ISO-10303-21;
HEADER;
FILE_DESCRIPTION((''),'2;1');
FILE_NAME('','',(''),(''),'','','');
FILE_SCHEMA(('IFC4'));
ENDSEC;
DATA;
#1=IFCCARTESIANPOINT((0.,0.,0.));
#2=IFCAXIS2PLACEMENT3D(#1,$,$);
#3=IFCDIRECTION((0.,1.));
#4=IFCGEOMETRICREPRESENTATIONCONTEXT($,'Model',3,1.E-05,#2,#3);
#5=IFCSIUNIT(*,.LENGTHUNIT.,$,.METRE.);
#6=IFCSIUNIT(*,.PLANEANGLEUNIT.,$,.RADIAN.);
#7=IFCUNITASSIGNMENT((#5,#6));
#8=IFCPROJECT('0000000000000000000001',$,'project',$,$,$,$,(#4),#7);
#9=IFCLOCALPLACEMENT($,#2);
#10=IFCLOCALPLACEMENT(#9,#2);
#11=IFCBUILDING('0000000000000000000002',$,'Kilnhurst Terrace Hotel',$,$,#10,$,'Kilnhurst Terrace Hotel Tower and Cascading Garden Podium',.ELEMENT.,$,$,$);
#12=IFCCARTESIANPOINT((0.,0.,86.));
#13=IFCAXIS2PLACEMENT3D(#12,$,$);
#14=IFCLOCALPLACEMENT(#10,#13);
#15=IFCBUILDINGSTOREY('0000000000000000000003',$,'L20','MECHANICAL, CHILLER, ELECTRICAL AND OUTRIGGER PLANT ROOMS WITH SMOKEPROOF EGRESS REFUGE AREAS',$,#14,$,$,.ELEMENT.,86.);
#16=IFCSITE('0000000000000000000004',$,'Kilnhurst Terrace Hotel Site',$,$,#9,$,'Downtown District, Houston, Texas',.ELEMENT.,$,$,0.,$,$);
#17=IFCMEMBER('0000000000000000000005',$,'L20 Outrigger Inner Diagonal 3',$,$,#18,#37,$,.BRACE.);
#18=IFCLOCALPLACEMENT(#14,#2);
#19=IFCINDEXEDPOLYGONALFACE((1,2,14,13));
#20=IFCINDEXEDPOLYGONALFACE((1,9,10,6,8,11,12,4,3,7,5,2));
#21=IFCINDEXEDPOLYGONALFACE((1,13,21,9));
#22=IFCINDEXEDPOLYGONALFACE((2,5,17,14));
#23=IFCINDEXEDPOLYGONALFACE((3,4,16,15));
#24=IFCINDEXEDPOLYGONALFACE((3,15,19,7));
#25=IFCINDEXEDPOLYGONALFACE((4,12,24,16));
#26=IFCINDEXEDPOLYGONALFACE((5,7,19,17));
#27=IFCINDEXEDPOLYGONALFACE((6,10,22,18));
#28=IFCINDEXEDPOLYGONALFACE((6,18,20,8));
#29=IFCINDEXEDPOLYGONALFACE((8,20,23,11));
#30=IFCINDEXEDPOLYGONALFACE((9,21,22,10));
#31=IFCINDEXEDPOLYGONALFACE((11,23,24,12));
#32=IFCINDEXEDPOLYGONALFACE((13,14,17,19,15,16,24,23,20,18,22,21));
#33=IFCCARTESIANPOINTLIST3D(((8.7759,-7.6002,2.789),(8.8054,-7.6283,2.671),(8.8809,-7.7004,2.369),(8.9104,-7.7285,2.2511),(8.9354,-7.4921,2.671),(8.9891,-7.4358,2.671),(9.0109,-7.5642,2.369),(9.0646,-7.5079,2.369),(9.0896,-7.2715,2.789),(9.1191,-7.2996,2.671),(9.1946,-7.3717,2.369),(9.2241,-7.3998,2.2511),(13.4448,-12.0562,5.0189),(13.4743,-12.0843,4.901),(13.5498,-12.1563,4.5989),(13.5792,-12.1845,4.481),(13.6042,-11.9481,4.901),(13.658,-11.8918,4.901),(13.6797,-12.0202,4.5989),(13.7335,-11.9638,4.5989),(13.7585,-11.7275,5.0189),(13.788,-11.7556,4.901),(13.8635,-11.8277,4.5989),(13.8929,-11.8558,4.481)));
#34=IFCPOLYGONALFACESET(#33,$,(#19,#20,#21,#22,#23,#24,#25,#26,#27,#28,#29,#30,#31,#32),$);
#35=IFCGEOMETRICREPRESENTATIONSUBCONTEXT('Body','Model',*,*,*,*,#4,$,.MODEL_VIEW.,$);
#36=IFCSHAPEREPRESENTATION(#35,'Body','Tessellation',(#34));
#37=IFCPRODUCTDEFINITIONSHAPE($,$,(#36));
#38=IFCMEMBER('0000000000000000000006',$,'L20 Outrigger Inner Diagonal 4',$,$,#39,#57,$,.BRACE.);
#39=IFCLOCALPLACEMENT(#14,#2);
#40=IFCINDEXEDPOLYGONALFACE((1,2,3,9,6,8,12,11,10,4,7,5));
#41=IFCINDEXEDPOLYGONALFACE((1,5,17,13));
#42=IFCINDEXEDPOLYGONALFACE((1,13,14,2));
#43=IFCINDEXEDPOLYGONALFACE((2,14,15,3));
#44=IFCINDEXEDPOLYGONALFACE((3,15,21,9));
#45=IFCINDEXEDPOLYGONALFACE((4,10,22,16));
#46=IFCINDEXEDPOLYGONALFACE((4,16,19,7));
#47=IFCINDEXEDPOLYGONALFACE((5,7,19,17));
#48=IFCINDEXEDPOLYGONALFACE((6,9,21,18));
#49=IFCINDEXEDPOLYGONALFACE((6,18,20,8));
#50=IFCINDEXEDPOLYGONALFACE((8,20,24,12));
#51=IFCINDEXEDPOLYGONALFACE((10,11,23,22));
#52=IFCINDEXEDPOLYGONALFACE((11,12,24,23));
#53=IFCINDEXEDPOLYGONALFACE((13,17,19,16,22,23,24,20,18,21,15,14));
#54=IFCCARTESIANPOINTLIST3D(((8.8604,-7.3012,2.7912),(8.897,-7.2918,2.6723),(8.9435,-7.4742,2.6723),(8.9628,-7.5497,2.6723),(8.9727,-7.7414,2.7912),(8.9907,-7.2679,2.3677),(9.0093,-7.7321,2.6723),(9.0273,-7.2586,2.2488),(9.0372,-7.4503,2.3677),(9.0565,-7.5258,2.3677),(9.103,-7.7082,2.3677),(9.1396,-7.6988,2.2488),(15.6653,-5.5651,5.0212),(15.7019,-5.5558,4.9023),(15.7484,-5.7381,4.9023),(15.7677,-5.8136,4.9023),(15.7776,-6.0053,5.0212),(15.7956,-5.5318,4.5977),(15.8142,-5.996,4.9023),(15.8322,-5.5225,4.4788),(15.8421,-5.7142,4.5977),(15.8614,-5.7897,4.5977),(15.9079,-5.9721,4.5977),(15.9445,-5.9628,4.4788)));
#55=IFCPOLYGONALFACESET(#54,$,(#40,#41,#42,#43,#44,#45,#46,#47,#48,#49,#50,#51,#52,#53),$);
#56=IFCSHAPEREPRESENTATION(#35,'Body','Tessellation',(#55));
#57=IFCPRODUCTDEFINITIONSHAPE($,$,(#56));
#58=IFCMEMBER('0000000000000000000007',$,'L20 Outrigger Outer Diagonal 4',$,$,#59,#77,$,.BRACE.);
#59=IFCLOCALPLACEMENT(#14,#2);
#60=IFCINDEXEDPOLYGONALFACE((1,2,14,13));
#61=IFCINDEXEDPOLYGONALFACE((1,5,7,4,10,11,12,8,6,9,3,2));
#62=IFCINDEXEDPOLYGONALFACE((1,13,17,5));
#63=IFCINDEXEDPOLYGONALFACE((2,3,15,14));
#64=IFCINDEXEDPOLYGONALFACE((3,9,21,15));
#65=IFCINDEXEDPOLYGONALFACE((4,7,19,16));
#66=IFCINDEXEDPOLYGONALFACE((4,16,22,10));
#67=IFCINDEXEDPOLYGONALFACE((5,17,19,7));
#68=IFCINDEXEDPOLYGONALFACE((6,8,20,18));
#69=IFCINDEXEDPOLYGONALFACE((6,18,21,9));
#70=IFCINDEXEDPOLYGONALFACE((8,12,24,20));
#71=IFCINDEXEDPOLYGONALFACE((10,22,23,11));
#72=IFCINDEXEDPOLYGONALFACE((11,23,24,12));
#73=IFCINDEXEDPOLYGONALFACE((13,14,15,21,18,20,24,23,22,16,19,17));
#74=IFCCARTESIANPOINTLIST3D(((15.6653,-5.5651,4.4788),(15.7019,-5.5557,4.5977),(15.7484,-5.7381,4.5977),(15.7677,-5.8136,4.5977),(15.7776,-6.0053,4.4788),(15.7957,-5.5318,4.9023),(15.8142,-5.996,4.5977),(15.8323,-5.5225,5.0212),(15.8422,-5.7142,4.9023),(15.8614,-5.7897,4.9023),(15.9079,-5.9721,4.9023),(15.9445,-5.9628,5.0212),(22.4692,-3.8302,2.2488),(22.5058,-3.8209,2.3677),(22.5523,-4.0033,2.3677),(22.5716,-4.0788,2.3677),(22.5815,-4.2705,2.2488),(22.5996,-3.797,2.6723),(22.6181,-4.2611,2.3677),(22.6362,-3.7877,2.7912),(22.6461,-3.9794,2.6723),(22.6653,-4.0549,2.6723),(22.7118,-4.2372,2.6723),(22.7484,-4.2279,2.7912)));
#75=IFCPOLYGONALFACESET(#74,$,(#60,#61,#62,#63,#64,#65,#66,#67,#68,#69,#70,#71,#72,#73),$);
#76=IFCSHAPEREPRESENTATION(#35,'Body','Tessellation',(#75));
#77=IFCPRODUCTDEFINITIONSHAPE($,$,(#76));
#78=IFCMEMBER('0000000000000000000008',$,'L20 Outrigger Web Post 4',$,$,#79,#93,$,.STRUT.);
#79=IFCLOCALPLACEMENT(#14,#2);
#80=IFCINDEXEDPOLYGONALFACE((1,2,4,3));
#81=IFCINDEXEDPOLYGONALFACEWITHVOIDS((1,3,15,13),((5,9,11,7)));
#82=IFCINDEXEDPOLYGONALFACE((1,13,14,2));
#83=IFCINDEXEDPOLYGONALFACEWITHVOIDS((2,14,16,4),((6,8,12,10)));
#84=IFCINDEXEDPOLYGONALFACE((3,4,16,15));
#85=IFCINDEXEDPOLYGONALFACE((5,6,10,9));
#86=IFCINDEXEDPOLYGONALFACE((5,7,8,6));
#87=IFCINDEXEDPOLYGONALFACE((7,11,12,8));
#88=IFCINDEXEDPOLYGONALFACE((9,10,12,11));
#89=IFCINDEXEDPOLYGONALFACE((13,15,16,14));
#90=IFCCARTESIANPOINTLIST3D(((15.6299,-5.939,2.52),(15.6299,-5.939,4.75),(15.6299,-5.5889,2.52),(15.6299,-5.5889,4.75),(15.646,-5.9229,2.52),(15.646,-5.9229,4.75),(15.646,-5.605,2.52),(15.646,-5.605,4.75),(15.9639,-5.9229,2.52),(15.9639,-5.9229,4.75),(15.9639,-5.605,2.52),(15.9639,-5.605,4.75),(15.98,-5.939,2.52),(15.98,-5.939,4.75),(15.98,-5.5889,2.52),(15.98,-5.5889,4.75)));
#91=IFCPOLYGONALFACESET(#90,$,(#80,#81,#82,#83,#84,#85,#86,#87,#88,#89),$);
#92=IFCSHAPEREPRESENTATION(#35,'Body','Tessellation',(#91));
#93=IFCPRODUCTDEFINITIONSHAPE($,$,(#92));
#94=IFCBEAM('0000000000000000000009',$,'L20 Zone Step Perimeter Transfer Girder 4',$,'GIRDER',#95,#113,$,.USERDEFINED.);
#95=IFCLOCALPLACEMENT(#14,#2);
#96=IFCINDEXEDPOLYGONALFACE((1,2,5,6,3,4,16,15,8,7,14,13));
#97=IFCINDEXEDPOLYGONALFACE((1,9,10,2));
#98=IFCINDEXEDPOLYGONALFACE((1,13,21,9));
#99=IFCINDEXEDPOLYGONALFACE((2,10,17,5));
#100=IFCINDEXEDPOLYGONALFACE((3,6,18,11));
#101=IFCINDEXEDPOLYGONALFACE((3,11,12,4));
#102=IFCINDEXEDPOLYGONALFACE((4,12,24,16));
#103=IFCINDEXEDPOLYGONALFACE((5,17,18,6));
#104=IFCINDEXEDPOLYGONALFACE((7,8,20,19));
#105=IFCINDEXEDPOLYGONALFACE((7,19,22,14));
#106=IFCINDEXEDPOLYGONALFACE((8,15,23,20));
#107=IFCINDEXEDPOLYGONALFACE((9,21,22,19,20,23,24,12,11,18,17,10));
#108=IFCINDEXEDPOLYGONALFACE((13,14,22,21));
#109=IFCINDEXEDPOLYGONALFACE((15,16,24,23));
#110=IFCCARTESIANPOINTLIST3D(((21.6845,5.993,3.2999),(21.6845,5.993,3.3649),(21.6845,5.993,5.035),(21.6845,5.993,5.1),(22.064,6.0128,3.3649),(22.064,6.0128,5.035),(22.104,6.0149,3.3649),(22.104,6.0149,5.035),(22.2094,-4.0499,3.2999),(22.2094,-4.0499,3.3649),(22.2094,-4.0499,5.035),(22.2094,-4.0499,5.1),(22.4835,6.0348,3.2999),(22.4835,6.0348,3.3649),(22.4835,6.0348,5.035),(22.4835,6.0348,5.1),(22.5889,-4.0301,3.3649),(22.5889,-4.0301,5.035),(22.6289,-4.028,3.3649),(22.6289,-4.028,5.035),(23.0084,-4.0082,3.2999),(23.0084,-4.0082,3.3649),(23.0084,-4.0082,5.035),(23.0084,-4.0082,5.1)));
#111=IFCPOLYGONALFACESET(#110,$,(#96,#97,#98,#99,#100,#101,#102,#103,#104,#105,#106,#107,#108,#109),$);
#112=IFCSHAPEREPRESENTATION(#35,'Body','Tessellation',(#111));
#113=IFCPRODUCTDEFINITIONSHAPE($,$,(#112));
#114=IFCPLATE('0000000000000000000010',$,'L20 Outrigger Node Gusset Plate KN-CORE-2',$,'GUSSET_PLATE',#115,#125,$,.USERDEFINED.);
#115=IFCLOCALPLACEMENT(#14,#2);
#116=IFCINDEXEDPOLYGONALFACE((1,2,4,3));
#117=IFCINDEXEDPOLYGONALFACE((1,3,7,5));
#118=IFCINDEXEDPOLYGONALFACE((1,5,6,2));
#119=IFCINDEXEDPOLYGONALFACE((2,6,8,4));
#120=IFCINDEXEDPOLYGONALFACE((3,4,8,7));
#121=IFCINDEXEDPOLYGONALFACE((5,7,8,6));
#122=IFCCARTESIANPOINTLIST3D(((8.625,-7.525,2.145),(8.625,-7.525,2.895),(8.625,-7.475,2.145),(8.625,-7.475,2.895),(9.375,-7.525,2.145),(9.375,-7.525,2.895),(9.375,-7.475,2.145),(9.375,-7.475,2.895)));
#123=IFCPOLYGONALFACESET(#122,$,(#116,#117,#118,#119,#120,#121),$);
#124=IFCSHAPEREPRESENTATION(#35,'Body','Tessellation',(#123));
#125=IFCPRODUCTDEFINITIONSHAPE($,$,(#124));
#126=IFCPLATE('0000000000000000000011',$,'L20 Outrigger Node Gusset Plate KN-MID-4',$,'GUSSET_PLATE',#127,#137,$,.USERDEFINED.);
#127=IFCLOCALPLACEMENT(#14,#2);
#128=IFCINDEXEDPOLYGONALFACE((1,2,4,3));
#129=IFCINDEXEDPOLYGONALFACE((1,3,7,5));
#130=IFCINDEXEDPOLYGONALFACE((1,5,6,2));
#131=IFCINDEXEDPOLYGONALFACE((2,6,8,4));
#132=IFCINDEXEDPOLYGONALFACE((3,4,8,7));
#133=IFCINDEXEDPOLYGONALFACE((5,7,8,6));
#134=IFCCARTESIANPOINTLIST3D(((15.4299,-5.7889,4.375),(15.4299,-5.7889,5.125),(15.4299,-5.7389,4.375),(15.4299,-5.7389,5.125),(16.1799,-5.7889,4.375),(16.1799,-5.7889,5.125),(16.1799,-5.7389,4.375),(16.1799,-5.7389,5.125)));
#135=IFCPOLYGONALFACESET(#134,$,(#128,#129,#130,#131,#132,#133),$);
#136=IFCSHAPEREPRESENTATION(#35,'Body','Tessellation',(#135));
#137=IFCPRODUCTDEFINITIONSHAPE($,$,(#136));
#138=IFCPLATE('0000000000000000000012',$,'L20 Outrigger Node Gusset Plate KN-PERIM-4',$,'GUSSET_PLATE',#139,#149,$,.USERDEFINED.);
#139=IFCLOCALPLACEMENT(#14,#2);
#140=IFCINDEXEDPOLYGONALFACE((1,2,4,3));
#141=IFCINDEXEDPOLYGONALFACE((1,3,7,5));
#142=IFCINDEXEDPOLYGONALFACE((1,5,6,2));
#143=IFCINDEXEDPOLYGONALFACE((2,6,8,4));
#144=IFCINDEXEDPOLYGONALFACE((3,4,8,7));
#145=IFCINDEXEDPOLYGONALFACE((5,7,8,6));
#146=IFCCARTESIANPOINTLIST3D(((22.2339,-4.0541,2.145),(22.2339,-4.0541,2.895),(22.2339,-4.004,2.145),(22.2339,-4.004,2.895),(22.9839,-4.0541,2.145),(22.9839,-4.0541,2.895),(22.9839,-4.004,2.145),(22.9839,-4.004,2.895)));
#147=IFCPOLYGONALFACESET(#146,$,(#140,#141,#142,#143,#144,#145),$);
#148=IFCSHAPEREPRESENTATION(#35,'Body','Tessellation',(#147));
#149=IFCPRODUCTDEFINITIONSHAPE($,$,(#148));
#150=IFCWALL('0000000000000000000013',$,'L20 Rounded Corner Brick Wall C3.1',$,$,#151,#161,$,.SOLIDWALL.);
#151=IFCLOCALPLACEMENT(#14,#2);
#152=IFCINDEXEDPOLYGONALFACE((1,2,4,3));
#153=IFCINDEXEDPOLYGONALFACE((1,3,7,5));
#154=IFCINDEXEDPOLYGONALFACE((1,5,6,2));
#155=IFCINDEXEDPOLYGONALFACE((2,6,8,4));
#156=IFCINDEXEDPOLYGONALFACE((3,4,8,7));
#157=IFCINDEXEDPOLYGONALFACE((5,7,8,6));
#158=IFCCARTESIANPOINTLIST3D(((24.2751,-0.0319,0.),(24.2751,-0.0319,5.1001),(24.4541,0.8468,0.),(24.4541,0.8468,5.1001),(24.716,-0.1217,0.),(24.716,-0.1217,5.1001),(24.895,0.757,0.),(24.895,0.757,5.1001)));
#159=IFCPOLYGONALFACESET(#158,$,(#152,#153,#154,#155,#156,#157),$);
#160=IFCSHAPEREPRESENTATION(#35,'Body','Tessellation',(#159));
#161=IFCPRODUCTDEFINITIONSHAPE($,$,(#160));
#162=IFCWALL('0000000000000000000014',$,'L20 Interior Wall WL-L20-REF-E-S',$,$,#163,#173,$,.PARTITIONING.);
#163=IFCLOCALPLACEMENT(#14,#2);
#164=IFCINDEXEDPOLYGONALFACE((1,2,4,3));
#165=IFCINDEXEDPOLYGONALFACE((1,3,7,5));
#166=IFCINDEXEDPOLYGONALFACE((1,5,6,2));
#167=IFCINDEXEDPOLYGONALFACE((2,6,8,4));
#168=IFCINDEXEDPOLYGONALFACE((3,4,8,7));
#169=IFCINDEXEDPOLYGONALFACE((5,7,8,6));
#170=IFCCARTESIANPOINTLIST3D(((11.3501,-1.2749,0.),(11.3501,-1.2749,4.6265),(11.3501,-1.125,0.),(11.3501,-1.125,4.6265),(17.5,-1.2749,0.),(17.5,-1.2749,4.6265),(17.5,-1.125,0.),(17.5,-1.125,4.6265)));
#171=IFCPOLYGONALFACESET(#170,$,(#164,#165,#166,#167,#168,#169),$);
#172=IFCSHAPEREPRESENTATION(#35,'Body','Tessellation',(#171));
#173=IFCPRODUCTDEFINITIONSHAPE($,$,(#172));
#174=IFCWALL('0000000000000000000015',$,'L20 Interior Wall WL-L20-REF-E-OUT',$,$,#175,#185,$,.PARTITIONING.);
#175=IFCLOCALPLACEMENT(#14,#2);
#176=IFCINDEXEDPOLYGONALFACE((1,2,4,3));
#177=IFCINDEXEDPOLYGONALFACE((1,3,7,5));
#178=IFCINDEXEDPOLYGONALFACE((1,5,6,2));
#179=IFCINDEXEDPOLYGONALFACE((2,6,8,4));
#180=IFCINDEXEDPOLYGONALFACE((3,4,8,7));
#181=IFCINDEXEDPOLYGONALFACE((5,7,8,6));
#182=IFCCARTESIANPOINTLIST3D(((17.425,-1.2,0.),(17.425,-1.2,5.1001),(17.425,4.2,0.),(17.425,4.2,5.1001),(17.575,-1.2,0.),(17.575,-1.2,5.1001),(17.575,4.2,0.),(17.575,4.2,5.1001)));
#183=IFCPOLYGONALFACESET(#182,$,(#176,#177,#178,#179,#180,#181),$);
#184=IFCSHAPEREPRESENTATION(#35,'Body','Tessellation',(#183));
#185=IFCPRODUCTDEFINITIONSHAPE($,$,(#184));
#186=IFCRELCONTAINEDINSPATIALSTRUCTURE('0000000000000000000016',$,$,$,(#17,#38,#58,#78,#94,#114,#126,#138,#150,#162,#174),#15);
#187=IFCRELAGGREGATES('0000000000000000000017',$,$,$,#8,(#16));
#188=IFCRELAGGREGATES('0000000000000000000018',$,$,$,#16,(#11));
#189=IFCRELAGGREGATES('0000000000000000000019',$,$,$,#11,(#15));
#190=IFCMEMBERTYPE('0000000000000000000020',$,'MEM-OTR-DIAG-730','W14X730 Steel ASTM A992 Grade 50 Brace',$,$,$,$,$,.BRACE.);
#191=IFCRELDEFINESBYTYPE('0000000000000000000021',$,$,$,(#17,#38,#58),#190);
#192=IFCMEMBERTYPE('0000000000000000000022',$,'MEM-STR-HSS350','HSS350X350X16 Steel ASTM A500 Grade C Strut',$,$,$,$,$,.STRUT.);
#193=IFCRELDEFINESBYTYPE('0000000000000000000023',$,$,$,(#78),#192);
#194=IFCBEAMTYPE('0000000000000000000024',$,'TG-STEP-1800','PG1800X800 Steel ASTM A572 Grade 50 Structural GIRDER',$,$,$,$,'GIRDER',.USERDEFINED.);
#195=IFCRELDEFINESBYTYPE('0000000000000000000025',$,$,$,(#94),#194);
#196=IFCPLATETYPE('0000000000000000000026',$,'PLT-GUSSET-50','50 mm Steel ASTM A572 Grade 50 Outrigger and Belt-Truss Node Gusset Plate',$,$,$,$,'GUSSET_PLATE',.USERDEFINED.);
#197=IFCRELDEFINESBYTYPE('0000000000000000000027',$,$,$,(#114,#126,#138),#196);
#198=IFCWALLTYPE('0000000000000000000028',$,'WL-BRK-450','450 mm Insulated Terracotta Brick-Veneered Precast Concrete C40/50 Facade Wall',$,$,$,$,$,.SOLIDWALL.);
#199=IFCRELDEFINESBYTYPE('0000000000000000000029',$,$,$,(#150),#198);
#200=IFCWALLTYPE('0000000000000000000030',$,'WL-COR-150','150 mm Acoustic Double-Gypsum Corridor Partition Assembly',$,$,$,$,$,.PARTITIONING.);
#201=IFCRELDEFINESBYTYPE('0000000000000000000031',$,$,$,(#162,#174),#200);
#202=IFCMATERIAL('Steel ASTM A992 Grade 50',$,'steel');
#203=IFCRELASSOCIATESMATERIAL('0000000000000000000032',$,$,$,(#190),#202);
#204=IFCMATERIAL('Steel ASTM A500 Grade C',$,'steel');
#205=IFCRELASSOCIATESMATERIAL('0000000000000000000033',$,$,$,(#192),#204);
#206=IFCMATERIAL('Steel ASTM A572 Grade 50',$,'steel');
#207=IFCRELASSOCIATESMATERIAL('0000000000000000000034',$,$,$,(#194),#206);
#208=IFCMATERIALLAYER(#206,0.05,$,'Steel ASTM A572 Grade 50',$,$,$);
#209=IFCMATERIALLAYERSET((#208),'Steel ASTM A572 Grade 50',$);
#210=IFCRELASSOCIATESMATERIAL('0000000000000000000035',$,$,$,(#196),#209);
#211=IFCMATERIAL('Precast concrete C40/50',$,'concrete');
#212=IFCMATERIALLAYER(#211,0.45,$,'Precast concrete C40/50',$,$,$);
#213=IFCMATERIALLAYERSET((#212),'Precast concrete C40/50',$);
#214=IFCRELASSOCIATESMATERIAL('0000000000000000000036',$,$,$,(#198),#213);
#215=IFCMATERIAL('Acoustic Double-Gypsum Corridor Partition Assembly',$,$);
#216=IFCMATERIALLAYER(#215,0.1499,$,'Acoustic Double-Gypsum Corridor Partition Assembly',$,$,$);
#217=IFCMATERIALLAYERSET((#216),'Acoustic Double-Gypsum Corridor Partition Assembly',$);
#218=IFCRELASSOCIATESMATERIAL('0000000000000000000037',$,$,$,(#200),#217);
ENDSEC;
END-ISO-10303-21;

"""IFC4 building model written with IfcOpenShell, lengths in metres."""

from ifc_helpers import new_model, si_unit, direction, frame, frame_2d, origin, origin_2d, place, context, subcontext, project, spatial, rectangle, hollow_rectangle, i_section, extrude, material, layer, layer_set, material_profile, profile_set, type_object, element, save


model = new_model("IFC4")

# Units and contexts
model_context = context("Model", 3, precision=1e-05, world=origin(), true_north=direction((0.0, 1.0)))
body_context = subcontext(model_context, "Body", "Model", "MODEL_VIEW")
ifc_project = project(units=[si_unit("LENGTHUNIT", "METRE"), si_unit("PLANEANGLEUNIT", "RADIAN")], contexts=[model_context])

# Site, building, storey
site_placement = place(None, origin())
site = spatial("IfcSite", under=ifc_project, at=site_placement, Name="Kilnhurst Terrace Hotel Site", LongName="Downtown District, Houston, Texas", CompositionType="ELEMENT", RefElevation=0.0)
building_placement = place(site_placement, origin())
building = spatial("IfcBuilding", under=site, at=building_placement, Name="Kilnhurst Terrace Hotel", LongName="Kilnhurst Terrace Hotel Tower and Cascading Garden Podium", CompositionType="ELEMENT")
storey_placement = place(building_placement, frame((0.0, 0.0, 86.0)))
storey = spatial("IfcBuildingStorey", under=building, at=storey_placement, Name="L20", Description="MECHANICAL, CHILLER, ELECTRICAL AND OUTRIGGER PLANT ROOMS WITH SMOKEPROOF EGRESS REFUGE AREAS", CompositionType="ELEMENT", Elevation=86.0)

# Shared definitions
ifc_material_1 = material(Name="Steel ASTM A992 Grade 50", Category="steel")

# Members
ifc_material_2 = material(Name="Steel ASTM A500 Grade C", Category="steel")
ifc_material_profile_1 = material_profile(ifc_material_1, i_section(OverallWidth=0.4543, OverallDepth=0.5691, WebThickness=0.0779, FlangeThickness=0.1248, at=origin_2d()), Name="W14X730")
ifc_profile_set_1 = profile_set([ifc_material_profile_1], Name="Steel ASTM A992 Grade 50")
member_type_1 = type_object("IfcMemberType", Name="MEM-OTR-DIAG-730", Description="W14X730 Steel ASTM A992 Grade 50 Brace", PredefinedType="BRACE", material=ifc_profile_set_1)
member_1_placement = place(storey_placement, frame((9.0, -7.5, 2.52), z_axis=(0.683745, -0.652568, 0.32657), x_axis=(0.690422, 0.723407, 0.0)))
element("IfcMember", 1, at=member_1_placement, inside=storey, type_object=member_type_1, Name="L20 Outrigger Inner Diagonal 3", PredefinedType="BRACE", context=body_context, shape_type="SweptSolid", body=[
    extrude(i_section(OverallWidth=0.4543, OverallDepth=0.5691, WebThickness=0.0779, FlangeThickness=0.1248, at=origin_2d()), origin(), (0.0, 0.0, 1.0), 6.8284),
])
member_2_placement = place(storey_placement, frame((9.0, -7.5, 2.52), z_axis=(0.923524, 0.235611, 0.302639), x_axis=(-0.247203, 0.968964, 0.0)))
element("IfcMember", 2, at=member_2_placement, inside=storey, type_object=member_type_1, Name="L20 Outrigger Inner Diagonal 4", PredefinedType="BRACE", context=body_context, shape_type="SweptSolid", body=[
    extrude(i_section(OverallWidth=0.4543, OverallDepth=0.5691, WebThickness=0.0779, FlangeThickness=0.1248, at=origin_2d()), origin(), (0.0, 0.0, 1.0), 7.3684),
])
member_3_placement = place(storey_placement, frame((15.8049, -5.7639, 4.75), z_axis=(0.923541, 0.235483, -0.302688), x_axis=(-0.247073, 0.968997, 0.0)))
element("IfcMember", 3, at=member_3_placement, inside=storey, type_object=member_type_1, Name="L20 Outrigger Outer Diagonal 4", PredefinedType="BRACE", context=body_context, shape_type="SweptSolid", body=[
    extrude(i_section(OverallWidth=0.4543, OverallDepth=0.5691, WebThickness=0.0779, FlangeThickness=0.1248, at=origin_2d()), origin(), (0.0, 0.0, 1.0), 7.3672),
])
ifc_material_profile_2 = material_profile(ifc_material_2, hollow_rectangle(XDim=0.3501, YDim=0.3501, WallThickness=0.0161, at=origin_2d()), Name="HSS350X350X16")
ifc_profile_set_2 = profile_set([ifc_material_profile_2], Name="Steel ASTM A500 Grade C")
member_type_2 = type_object("IfcMemberType", Name="MEM-STR-HSS350", Description="HSS350X350X16 Steel ASTM A500 Grade C Strut", PredefinedType="STRUT", material=ifc_profile_set_2)
member_4_placement = place(storey_placement, frame((15.8049, -5.7639, 2.52), z_axis=(0.0, 0.0, 1.0), x_axis=(1.0, 0.0, 0.0)))
element("IfcMember", 4, at=member_4_placement, inside=storey, type_object=member_type_2, Name="L20 Outrigger Web Post 4", PredefinedType="STRUT", context=body_context, shape_type="SweptSolid", body=[
    extrude(hollow_rectangle(XDim=0.3501, YDim=0.3501, WallThickness=0.0161, at=origin_2d()), origin(), (0.0, 0.0, 1.0), 2.23),
])

# Beam
ifc_material_3 = material(Name="Steel ASTM A572 Grade 50", Category="steel")
ifc_material_profile_3 = material_profile(ifc_material_3, i_section(OverallWidth=0.8, OverallDepth=1.8, WebThickness=0.04, FlangeThickness=0.0649, at=origin_2d()), Name="PG1800X800")
ifc_profile_set_3 = profile_set([ifc_material_profile_3], Name="Steel ASTM A572 Grade 50")
beam_type_1 = type_object("IfcBeamType", Name="TG-STEP-1800", Description="PG1800X800 Steel ASTM A572 Grade 50 Structural GIRDER", ElementType="GIRDER", PredefinedType="USERDEFINED", material=ifc_profile_set_3)
beam_1_placement = place(storey_placement, frame((22.6089, -4.0291, 4.2), z_axis=(-0.052194, 0.998637, 0.0), x_axis=(-0.998637, -0.052194, 0.0)))
element("IfcBeam", 5, at=beam_1_placement, inside=storey, type_object=beam_type_1, Name="L20 Zone Step Perimeter Transfer Girder 4", ObjectType="GIRDER", PredefinedType="USERDEFINED", context=body_context, shape_type="SweptSolid", body=[
    extrude(i_section(OverallWidth=0.8, OverallDepth=1.8, WebThickness=0.04, FlangeThickness=0.0649, at=origin_2d()), origin(), (0.0, 0.0, 1.0), 10.0566),
])

# Plates
ifc_layer_1 = layer(ifc_material_3, 0.05, Name="Steel ASTM A572 Grade 50")
ifc_layer_set_1 = layer_set([ifc_layer_1], Name="Steel ASTM A572 Grade 50")
plate_type = type_object("IfcPlateType", Name="PLT-GUSSET-50", Description="50 mm Steel ASTM A572 Grade 50 Outrigger and Belt-Truss Node Gusset Plate", ElementType="GUSSET_PLATE", PredefinedType="USERDEFINED", material=ifc_layer_set_1)
for number, where, z_axis, x_axis, name in (
    (6, (9.0, -7.5, 2.145), (0.0, 0.0, 1.0), (1.0, 0.0, 0.0), "L20 Outrigger Node Gusset Plate KN-CORE-2"),
    (7, (15.8049, -5.7639, 4.375), (0.0, 0.0, 1.0), (1.0, 0.0, 0.0), "L20 Outrigger Node Gusset Plate KN-MID-4"),
    (8, (22.6089, -4.0291, 2.145), (0.0, 0.0, 1.0), (1.0, 0.0, 0.0), "L20 Outrigger Node Gusset Plate KN-PERIM-4"),
):
    element("IfcPlate", number, at=place(storey_placement, frame(where, z_axis=z_axis, x_axis=x_axis)), inside=storey, type_object=plate_type, Name=name, ObjectType="GUSSET_PLATE", PredefinedType="USERDEFINED", context=body_context, shape_type="SweptSolid", body=[
        extrude(rectangle(XDim=0.75, YDim=0.05, at=origin_2d()), origin(), (0.0, 0.0, 1.0), 0.75),
    ])

# Walls
ifc_material_4 = material(Name="Precast concrete C40/50", Category="concrete")
ifc_layer_2 = layer(ifc_material_4, 0.45, Name="Precast concrete C40/50")
ifc_layer_set_2 = layer_set([ifc_layer_2], Name="Precast concrete C40/50")
wall_type_1 = type_object("IfcWallType", Name="WL-BRK-450", Description="450 mm Insulated Terracotta Brick-Veneered Precast Concrete C40/50 Facade Wall", PredefinedType="SOLIDWALL", material=ifc_layer_set_2)
wall_1_placement = place(storey_placement, frame((24.4956, -0.0767, 0.0), z_axis=(0.0, 0.0, 1.0), x_axis=(0.199571, 0.979883, 0.0)))
element("IfcWall", 9, at=wall_1_placement, inside=storey, type_object=wall_type_1, Name="L20 Rounded Corner Brick Wall C3.1", PredefinedType="SOLIDWALL", context=body_context, shape_type="SweptSolid", body=[
    extrude(rectangle(XDim=0.8967, YDim=0.45, at=frame_2d((0.4482, 0.0))), origin(), (0.0, 0.0, 1.0), 5.1001),
])
ifc_material_5 = material(Name="Acoustic Double-Gypsum Corridor Partition Assembly")
ifc_layer_3 = layer(ifc_material_5, 0.1499, Name="Acoustic Double-Gypsum Corridor Partition Assembly")
ifc_layer_set_3 = layer_set([ifc_layer_3], Name="Acoustic Double-Gypsum Corridor Partition Assembly")
wall_type_2 = type_object("IfcWallType", Name="WL-COR-150", Description="150 mm Acoustic Double-Gypsum Corridor Partition Assembly", PredefinedType="PARTITIONING", material=ifc_layer_set_3)
wall_2_placement = place(storey_placement, frame((11.3501, -1.2, 0.0), z_axis=(0.0, 0.0, 1.0), x_axis=(1.0, 0.0, 0.0)))
element("IfcWall", 10, at=wall_2_placement, inside=storey, type_object=wall_type_2, Name="L20 Interior Wall WL-L20-REF-E-S", PredefinedType="PARTITIONING", context=body_context, shape_type="SweptSolid", body=[
    extrude(rectangle(XDim=6.1499, YDim=0.1499, at=frame_2d((3.075, 0.0))), origin(), (0.0, 0.0, 1.0), 4.6265),
])
wall_3_placement = place(storey_placement, frame((17.5, -1.2, 0.0), z_axis=(0.0, 0.0, 1.0), x_axis=(0.0, 1.0, 0.0)))
element("IfcWall", 11, at=wall_3_placement, inside=storey, type_object=wall_type_2, Name="L20 Interior Wall WL-L20-REF-E-OUT", PredefinedType="PARTITIONING", context=body_context, shape_type="SweptSolid", body=[
    extrude(rectangle(XDim=5.3999, YDim=0.1499, at=frame_2d((2.7, 0.0))), origin(), (0.0, 0.0, 1.0), 5.1001),
])

save(model, "model.ifc")
